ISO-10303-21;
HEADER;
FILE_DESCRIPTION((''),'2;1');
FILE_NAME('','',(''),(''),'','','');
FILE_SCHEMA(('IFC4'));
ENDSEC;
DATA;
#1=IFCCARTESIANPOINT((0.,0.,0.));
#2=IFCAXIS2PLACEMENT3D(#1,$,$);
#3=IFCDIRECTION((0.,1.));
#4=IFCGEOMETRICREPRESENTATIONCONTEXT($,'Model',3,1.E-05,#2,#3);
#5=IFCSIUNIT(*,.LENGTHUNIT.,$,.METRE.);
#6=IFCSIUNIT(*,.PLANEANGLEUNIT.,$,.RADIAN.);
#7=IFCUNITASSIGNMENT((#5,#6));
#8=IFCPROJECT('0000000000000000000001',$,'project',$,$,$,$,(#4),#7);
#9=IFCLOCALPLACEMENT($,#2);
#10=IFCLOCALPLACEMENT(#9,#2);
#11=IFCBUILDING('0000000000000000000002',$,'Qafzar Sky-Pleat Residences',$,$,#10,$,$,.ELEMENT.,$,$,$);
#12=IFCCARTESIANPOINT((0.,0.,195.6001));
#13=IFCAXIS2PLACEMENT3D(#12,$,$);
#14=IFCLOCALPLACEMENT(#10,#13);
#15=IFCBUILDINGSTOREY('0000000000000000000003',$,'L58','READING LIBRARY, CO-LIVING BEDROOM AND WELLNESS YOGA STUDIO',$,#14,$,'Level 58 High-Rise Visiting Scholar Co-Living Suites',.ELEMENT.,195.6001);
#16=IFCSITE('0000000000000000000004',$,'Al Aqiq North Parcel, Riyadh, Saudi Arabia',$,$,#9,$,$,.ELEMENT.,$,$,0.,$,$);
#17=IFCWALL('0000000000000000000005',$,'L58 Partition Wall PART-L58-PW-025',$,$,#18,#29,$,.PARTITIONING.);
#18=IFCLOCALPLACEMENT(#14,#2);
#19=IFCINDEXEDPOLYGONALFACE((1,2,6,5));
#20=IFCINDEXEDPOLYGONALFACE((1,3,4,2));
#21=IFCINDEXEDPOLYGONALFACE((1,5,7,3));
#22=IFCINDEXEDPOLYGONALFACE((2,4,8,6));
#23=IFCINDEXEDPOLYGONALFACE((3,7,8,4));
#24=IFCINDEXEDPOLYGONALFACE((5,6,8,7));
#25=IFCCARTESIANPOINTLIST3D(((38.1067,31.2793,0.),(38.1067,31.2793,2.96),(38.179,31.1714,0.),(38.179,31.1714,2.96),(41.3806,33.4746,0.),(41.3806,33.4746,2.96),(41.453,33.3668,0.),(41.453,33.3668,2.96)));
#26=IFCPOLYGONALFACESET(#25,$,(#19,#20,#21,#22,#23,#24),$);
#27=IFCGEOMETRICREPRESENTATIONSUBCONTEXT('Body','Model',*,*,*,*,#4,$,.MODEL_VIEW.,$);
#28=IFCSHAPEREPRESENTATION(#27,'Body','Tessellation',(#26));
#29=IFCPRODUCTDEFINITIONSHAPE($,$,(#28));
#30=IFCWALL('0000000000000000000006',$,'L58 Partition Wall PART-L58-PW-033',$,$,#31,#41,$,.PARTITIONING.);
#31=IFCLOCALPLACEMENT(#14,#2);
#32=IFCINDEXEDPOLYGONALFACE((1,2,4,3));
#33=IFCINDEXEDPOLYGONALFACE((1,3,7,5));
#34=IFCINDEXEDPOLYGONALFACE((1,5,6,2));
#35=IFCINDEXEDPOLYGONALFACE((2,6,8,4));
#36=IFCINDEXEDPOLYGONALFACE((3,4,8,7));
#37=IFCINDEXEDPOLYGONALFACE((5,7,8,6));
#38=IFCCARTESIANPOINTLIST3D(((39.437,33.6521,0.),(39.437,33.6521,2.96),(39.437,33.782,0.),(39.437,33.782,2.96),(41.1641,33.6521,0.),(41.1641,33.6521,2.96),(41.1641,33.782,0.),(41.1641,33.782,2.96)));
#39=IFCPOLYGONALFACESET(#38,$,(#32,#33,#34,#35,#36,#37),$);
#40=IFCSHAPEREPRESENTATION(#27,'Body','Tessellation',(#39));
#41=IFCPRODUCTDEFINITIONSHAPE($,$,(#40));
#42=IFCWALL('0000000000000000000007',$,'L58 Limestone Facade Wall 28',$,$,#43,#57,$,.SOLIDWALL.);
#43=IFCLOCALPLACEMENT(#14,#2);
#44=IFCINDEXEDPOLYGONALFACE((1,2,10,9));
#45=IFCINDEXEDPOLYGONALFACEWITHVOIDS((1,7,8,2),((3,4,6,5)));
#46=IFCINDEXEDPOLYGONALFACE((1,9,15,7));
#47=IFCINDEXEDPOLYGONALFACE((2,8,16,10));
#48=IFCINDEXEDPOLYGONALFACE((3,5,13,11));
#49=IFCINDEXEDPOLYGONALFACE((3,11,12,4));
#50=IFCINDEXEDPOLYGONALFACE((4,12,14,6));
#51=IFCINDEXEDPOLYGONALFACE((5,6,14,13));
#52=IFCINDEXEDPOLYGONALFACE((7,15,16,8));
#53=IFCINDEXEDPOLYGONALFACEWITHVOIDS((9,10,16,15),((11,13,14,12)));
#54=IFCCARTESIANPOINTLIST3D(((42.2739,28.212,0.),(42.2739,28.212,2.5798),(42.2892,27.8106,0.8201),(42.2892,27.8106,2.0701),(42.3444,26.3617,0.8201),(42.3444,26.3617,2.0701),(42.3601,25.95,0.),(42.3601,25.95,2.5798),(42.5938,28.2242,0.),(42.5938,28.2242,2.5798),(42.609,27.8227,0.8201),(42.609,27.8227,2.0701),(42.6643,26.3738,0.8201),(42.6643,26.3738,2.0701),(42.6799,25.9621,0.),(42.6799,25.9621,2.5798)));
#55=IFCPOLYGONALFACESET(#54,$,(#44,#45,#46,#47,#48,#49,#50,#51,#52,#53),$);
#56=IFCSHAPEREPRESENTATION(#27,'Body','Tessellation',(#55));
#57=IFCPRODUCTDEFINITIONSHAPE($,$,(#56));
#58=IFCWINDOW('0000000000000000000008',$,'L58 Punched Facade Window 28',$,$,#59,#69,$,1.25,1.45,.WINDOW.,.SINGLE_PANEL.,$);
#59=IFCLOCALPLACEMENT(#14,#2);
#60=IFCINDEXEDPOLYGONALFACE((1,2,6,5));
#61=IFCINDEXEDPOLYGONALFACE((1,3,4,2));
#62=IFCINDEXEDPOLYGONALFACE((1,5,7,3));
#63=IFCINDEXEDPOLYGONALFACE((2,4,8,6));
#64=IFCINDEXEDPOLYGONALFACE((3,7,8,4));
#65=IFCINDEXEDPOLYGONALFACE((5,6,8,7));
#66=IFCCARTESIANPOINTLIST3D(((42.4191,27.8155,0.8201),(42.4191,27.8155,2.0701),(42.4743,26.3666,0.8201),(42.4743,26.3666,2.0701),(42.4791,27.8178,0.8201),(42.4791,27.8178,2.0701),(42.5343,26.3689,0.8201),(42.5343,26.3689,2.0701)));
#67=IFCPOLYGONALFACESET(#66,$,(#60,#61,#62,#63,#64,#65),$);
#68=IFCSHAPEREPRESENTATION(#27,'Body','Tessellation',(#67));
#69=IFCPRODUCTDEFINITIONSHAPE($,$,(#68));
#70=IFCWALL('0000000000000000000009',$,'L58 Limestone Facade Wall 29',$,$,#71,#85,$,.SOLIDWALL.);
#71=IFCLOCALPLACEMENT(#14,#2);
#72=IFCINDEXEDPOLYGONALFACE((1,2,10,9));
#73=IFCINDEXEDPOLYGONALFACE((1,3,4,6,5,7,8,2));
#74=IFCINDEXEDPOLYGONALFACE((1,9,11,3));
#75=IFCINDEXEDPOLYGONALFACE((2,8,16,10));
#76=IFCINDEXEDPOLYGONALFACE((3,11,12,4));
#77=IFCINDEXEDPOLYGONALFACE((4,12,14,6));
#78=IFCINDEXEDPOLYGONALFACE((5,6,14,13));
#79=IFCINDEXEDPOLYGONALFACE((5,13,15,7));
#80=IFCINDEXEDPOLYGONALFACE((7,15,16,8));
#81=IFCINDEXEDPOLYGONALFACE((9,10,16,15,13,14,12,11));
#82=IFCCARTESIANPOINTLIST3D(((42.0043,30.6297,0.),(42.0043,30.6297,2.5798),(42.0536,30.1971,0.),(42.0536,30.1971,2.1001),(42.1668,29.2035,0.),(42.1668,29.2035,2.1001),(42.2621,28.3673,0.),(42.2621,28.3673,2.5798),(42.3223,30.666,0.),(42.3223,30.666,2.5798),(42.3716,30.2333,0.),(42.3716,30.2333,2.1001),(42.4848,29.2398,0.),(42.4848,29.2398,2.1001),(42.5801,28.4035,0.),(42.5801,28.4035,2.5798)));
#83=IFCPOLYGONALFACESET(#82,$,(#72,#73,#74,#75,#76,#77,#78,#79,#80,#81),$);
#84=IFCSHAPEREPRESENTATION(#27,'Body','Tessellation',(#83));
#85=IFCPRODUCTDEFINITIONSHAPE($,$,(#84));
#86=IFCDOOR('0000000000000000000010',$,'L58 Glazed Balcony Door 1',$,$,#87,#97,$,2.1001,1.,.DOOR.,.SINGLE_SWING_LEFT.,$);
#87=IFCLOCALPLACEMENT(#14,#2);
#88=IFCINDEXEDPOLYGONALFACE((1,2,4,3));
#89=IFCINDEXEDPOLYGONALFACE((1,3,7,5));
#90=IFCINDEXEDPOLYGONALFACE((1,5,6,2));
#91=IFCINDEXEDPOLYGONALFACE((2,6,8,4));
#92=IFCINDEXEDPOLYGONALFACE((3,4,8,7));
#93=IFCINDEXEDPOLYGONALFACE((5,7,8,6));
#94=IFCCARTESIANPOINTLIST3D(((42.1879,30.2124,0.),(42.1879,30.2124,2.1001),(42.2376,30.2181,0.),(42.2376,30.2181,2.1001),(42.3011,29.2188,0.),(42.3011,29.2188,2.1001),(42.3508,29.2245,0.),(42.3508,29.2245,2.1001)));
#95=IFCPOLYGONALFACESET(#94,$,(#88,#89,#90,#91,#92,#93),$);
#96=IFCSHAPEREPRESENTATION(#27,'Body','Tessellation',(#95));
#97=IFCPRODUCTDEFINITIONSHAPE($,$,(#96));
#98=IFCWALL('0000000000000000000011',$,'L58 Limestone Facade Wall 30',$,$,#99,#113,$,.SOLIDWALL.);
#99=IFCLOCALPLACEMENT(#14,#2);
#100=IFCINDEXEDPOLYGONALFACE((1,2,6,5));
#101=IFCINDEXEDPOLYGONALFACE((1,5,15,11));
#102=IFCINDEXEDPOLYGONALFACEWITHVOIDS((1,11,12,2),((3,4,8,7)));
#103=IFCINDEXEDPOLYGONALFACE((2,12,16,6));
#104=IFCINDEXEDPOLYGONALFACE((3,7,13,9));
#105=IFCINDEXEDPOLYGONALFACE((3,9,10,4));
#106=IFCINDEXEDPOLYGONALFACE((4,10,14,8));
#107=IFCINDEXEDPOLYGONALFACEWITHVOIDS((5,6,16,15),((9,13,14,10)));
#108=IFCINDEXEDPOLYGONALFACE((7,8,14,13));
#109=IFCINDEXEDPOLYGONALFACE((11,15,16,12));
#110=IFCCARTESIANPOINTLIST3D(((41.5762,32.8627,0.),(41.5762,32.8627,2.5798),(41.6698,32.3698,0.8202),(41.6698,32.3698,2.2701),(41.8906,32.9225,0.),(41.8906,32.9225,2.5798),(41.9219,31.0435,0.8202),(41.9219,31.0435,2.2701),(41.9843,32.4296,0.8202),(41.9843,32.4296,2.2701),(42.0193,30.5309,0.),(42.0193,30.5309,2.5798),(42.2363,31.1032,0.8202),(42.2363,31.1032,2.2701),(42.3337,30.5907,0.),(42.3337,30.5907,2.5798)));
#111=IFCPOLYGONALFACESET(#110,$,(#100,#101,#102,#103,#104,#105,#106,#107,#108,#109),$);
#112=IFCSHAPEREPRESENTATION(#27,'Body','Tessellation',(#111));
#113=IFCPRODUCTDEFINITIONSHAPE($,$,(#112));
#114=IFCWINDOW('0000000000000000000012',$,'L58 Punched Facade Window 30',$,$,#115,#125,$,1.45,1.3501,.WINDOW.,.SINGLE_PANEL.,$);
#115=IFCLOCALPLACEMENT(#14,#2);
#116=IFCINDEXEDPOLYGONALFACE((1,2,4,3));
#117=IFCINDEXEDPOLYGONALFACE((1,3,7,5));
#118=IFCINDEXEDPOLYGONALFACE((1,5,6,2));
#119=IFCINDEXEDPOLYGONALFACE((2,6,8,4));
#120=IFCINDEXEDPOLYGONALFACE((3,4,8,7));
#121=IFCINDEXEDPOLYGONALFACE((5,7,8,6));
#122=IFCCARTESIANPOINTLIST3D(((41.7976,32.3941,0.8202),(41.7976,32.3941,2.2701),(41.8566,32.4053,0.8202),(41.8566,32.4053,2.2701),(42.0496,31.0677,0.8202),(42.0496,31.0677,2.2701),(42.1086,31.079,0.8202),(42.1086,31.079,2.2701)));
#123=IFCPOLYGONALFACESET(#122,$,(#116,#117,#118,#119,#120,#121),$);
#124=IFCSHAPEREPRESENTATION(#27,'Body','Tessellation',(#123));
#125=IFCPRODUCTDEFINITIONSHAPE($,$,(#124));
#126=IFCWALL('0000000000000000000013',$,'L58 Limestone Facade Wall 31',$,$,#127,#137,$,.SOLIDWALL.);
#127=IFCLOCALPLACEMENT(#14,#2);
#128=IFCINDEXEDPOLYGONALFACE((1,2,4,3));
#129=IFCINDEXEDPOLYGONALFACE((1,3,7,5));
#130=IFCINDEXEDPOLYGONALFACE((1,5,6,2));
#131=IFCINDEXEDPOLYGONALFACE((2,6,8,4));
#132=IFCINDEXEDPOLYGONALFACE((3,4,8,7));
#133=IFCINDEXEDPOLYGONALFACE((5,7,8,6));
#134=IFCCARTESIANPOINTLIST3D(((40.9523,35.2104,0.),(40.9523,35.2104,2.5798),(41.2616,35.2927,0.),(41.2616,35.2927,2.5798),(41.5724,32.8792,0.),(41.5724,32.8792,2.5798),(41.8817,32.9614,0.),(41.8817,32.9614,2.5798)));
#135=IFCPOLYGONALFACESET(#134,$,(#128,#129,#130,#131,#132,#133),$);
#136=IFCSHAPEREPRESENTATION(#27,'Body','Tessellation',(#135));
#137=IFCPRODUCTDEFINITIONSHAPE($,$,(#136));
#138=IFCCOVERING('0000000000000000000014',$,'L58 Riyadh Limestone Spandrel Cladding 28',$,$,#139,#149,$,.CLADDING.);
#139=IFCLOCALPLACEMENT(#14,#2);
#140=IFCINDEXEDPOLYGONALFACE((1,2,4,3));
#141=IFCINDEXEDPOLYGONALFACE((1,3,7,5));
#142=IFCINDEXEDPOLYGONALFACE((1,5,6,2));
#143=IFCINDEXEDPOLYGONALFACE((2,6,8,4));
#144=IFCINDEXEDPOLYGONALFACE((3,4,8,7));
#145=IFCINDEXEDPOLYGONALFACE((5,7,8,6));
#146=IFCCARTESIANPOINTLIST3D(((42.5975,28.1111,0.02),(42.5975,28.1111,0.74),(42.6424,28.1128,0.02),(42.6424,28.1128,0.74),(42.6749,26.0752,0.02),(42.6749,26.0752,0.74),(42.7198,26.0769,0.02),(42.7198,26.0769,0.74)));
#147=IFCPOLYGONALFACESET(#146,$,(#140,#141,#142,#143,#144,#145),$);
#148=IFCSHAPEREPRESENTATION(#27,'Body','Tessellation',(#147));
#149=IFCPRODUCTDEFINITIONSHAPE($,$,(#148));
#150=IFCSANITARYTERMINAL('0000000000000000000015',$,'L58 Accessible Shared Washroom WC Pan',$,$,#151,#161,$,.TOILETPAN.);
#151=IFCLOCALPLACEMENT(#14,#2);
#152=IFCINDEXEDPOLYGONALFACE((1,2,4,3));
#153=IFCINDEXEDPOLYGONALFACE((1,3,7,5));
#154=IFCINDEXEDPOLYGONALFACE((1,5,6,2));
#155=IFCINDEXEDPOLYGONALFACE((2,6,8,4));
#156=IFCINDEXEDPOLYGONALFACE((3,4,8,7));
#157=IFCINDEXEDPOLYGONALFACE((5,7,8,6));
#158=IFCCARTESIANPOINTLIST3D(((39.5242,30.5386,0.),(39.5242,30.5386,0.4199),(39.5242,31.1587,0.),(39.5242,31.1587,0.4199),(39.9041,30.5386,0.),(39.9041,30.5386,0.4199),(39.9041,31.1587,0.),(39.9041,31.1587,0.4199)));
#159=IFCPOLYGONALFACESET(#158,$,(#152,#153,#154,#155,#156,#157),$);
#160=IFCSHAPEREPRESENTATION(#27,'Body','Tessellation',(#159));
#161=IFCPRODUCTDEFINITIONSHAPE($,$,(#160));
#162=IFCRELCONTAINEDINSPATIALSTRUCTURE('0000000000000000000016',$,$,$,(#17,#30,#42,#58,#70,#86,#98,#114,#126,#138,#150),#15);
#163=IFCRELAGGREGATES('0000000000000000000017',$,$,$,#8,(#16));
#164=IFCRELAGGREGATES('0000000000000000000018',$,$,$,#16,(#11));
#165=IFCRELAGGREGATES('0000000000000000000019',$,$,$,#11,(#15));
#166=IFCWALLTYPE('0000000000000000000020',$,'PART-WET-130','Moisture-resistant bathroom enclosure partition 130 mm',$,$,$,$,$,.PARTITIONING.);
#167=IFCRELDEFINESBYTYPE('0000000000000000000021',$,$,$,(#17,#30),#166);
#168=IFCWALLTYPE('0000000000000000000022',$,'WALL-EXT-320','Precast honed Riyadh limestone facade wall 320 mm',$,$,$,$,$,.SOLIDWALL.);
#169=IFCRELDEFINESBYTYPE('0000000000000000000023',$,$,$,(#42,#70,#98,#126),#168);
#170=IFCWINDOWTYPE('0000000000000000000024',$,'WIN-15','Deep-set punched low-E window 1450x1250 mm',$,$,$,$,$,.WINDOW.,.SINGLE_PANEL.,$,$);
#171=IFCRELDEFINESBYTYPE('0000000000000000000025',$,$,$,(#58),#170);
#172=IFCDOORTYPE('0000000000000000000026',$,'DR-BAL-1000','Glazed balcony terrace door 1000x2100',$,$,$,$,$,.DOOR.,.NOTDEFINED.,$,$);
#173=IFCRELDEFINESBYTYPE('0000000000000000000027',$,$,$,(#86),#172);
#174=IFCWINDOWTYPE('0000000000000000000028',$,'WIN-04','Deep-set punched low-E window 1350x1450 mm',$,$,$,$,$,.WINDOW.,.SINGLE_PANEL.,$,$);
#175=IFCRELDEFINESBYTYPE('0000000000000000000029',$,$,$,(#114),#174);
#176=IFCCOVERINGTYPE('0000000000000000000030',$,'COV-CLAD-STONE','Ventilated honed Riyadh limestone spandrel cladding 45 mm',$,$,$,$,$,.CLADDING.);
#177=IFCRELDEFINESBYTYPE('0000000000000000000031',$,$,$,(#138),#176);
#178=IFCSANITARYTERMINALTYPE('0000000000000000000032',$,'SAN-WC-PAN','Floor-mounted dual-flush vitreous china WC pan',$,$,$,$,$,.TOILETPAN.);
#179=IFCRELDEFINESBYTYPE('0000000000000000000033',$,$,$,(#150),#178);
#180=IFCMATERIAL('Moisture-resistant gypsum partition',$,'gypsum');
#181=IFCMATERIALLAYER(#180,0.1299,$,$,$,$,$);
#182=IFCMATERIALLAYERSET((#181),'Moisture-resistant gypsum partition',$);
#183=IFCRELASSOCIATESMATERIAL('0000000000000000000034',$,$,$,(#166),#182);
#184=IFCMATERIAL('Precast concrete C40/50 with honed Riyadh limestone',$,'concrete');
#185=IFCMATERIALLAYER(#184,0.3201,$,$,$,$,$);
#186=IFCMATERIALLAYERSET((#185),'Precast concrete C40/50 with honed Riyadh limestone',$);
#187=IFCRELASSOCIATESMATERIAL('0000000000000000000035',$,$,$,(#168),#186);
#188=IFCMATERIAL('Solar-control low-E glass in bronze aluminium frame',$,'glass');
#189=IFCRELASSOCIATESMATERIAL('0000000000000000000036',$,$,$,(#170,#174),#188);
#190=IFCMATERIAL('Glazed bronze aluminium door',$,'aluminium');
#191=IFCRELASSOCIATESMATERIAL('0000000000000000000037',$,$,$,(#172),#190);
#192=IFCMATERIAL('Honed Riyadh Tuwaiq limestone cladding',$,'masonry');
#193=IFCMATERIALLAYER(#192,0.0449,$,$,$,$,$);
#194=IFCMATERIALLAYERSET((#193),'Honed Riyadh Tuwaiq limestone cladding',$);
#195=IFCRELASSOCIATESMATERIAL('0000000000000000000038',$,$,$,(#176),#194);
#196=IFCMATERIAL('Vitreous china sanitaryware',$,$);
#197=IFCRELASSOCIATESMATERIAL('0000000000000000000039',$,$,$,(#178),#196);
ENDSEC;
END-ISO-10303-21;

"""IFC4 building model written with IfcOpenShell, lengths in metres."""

from ifc_helpers import new_model, si_unit, direction, frame, frame_2d, origin, origin_2d, place, context, subcontext, project, spatial, rectangle, extrude, source, transform, mapped, material, layer, layer_set, type_object, element, fill, save


model = new_model("IFC4")

# Units and contexts
model_context = context("Model", 3, precision=1e-05, world=origin(), true_north=direction((0.0, 1.0)))
body_context = subcontext(model_context, "Body", "Model", "MODEL_VIEW")
ifc_project = project(units=[si_unit("LENGTHUNIT", "METRE"), si_unit("PLANEANGLEUNIT", "RADIAN")], contexts=[model_context])

# Site, building, storey
site_placement = place(None, origin())
site = spatial("IfcSite", under=ifc_project, at=site_placement, Name="Al Aqiq North Parcel, Riyadh, Saudi Arabia", CompositionType="ELEMENT", RefElevation=0.0)
building_placement = place(site_placement, origin())
building = spatial("IfcBuilding", under=site, at=building_placement, Name="Qafzar Sky-Pleat Residences", CompositionType="ELEMENT")
storey_placement = place(building_placement, frame((0.0, 0.0, 195.6001)))
storey = spatial("IfcBuildingStorey", under=building, at=storey_placement, Name="L58", Description="READING LIBRARY, CO-LIVING BEDROOM AND WELLNESS YOGA STUDIO", LongName="Level 58 High-Rise Visiting Scholar Co-Living Suites", CompositionType="ELEMENT", Elevation=195.6001)

# Walls
ifc_material_1 = material(Name="Moisture-resistant gypsum partition", Category="gypsum")
ifc_layer_1 = layer(ifc_material_1, 0.1299)
ifc_layer_set_1 = layer_set([ifc_layer_1], Name="Moisture-resistant gypsum partition")
wall_type_1 = type_object("IfcWallType", Name="PART-WET-130", Description="Moisture-resistant bathroom enclosure partition 130 mm", PredefinedType="PARTITIONING", material=ifc_layer_set_1)
wall_1_placement = place(storey_placement, frame((38.1428, 31.2253, 0.0), z_axis=(0.0, 0.0, 1.0), x_axis=(0.830561, 0.556928, 0.0)))
element("IfcWall", 1, at=wall_1_placement, inside=storey, type_object=wall_type_1, Name="L58 Partition Wall PART-L58-PW-025", PredefinedType="PARTITIONING", context=body_context, shape_type="SweptSolid", body=[
    extrude(rectangle(XDim=3.9419, YDim=0.1299, at=frame_2d((1.9709, 0.0))), origin(), (0.0, 0.0, 1.0), 2.96),
])
wall_2_placement = place(storey_placement, frame((39.437, 33.717, 0.0), z_axis=(0.0, 0.0, 1.0), x_axis=(1.0, 0.0, 0.0)))
element("IfcWall", 2, at=wall_2_placement, inside=storey, type_object=wall_type_1, Name="L58 Partition Wall PART-L58-PW-033", PredefinedType="PARTITIONING", context=body_context, shape_type="SweptSolid", body=[
    extrude(rectangle(XDim=1.7271, YDim=0.1299, at=frame_2d((0.8635, 0.0))), origin(), (0.0, 0.0, 1.0), 2.96),
])

# Wall, opening, window
ifc_material_2 = material(Name="Precast concrete C40/50 with honed Riyadh limestone", Category="concrete")
ifc_layer_2 = layer(ifc_material_2, 0.3201)
ifc_layer_set_2 = layer_set([ifc_layer_2], Name="Precast concrete C40/50 with honed Riyadh limestone")
wall_type_2 = type_object("IfcWallType", Name="WALL-EXT-320", Description="Precast honed Riyadh limestone facade wall 320 mm", PredefinedType="SOLIDWALL", material=ifc_layer_set_2)
wall_3_placement = place(storey_placement, frame((42.52, 25.9561, 0.0), z_axis=(0.0, 0.0, 1.0), x_axis=(-0.038073, 0.999275, 0.0)))
wall_3 = element("IfcWall", 3, at=wall_3_placement, inside=storey, type_object=wall_type_2, Name="L58 Limestone Facade Wall 28", PredefinedType="SOLIDWALL", context=body_context, shape_type="SweptSolid", body=[
    extrude(rectangle(XDim=2.2637, YDim=0.3201, at=frame_2d((1.1318, 0.0))), origin(), (0.0, 0.0, 1.0), 2.5798),
])
opening_1_placement = place(wall_3_placement, frame((0.4119, 0.0, 0.8201)))
opening_1 = element("IfcOpeningElement", 4, at=opening_1_placement, cuts=wall_3, PredefinedType="OPENING", context=body_context, shape_type="SweptSolid", body=[
    extrude(rectangle(XDim=1.45, YDim=1.25, at=frame_2d((0.7251, 0.625))), frame((0.0, 0.1699, 0.0), z_axis=(0.0, -1.0, 0.0), x_axis=(1.0, 0.0, 0.0)), (0.0, 0.0, 1.0), 0.3401),
])
ifc_material_3 = material(Name="Solar-control low-E glass in bronze aluminium frame", Category="glass")
window_type_1 = type_object("IfcWindowType", Name="WIN-15", Description="Deep-set punched low-E window 1450x1250 mm", PartitioningType="SINGLE_PANEL", PredefinedType="WINDOW", material=ifc_material_3)
shared_shape_1 = source(origin(), body_context, "Body", "SweptSolid", [
    extrude(rectangle(XDim=1.45, YDim=1.25, at=frame_2d((0.7251, 0.625))), frame((0.0, 0.03, 0.0), z_axis=(0.0, -1.0, 0.0), x_axis=(1.0, 0.0, 0.0)), (0.0, 0.0, 1.0), 0.0601),
])
window_1_placement = place(opening_1_placement, origin())
window_1 = element("IfcWindow", 5, at=window_1_placement, inside=storey, type_object=window_type_1, Name="L58 Punched Facade Window 28", OverallHeight=1.25, OverallWidth=1.45, PartitioningType="SINGLE_PANEL", PredefinedType="WINDOW", context=body_context, shape_type="MappedRepresentation", body=[
    mapped(shared_shape_1, transform((0.0, 0.0, 0.0), x_axis=(1.0, 0.0, 0.0), y_axis=(0.0, 1.0, 0.0), z_axis=(0.0, 0.0, 1.0), scale=1.0)),
])
fill(opening_1, window_1)

# Wall, opening, door
wall_4_placement = place(storey_placement, frame((42.4211, 28.3853, 0.0), z_axis=(0.0, 0.0, 1.0), x_axis=(-0.11322, 0.99357, 0.0)))
wall_4 = element("IfcWall", 6, at=wall_4_placement, inside=storey, type_object=wall_type_2, Name="L58 Limestone Facade Wall 29", PredefinedType="SOLIDWALL", context=body_context, shape_type="SweptSolid", body=[
    extrude(rectangle(XDim=2.2771, YDim=0.3201, at=frame_2d((1.1387, 0.0))), origin(), (0.0, 0.0, 1.0), 2.5798),
])
opening_2_placement = place(wall_4_placement, frame((0.8418, 0.0, 0.0)))
opening_2 = element("IfcOpeningElement", 7, at=opening_2_placement, cuts=wall_4, PredefinedType="OPENING", context=body_context, shape_type="SweptSolid", body=[
    extrude(rectangle(XDim=1.0, YDim=2.1001, at=frame_2d((0.5, 1.05))), frame((0.0, 0.1699, 0.0), z_axis=(0.0, -1.0, 0.0), x_axis=(1.0, 0.0, 0.0)), (0.0, 0.0, 1.0), 0.3401),
])
ifc_material_4 = material(Name="Glazed bronze aluminium door", Category="aluminium")
door_type = type_object("IfcDoorType", Name="DR-BAL-1000", Description="Glazed balcony terrace door 1000x2100", OperationType="NOTDEFINED", PredefinedType="DOOR", material=ifc_material_4)
shared_shape_2 = source(origin(), body_context, "Body", "SweptSolid", [
    extrude(rectangle(XDim=1.0, YDim=2.1001, at=frame_2d((0.5, 1.05))), frame((0.0, 0.0249, 0.0), z_axis=(0.0, -1.0, 0.0), x_axis=(1.0, 0.0, 0.0)), (0.0, 0.0, 1.0), 0.05),
])
door_placement = place(opening_2_placement, origin())
door = element("IfcDoor", 8, at=door_placement, inside=storey, type_object=door_type, Name="L58 Glazed Balcony Door 1", OperationType="SINGLE_SWING_LEFT", OverallHeight=2.1001, OverallWidth=1.0, PredefinedType="DOOR", context=body_context, shape_type="MappedRepresentation", body=[
    mapped(shared_shape_2, transform((0.0, 0.0, 0.0), x_axis=(1.0, 0.0, 0.0), y_axis=(0.0, 1.0, 0.0), z_axis=(0.0, 0.0, 1.0), scale=1.0)),
])
fill(opening_2, door)

# Wall, opening, window
wall_5_placement = place(storey_placement, frame((42.1765, 30.5608, 0.0), z_axis=(0.0, 0.0, 1.0), x_axis=(-0.186691, 0.982419, 0.0)))
wall_5 = element("IfcWall", 9, at=wall_5_placement, inside=storey, type_object=wall_type_2, Name="L58 Limestone Facade Wall 30", PredefinedType="SOLIDWALL", context=body_context, shape_type="SweptSolid", body=[
    extrude(rectangle(XDim=2.3735, YDim=0.3201, at=frame_2d((1.1868, 0.0))), origin(), (0.0, 0.0, 1.0), 2.5798),
])
opening_3_placement = place(wall_5_placement, frame((0.5217, 0.0, 0.8201)))
opening_3 = element("IfcOpeningElement", 10, at=opening_3_placement, cuts=wall_5, PredefinedType="OPENING", context=body_context, shape_type="SweptSolid", body=[
    extrude(rectangle(XDim=1.3501, YDim=1.45, at=frame_2d((0.675, 0.7251))), frame((0.0, 0.1699, 0.0), z_axis=(0.0, -1.0, 0.0), x_axis=(1.0, 0.0, 0.0)), (0.0, 0.0, 1.0), 0.3401),
])
window_type_2 = type_object("IfcWindowType", Name="WIN-04", Description="Deep-set punched low-E window 1350x1450 mm", PartitioningType="SINGLE_PANEL", PredefinedType="WINDOW", material=ifc_material_3)
shared_shape_3 = source(origin(), body_context, "Body", "SweptSolid", [
    extrude(rectangle(XDim=1.3501, YDim=1.45, at=frame_2d((0.675, 0.7251))), frame((0.0, 0.03, 0.0), z_axis=(0.0, -1.0, 0.0), x_axis=(1.0, 0.0, 0.0)), (0.0, 0.0, 1.0), 0.0601),
])
window_2_placement = place(opening_3_placement, origin())
window_2 = element("IfcWindow", 11, at=window_2_placement, inside=storey, type_object=window_type_2, Name="L58 Punched Facade Window 30", OverallHeight=1.45, OverallWidth=1.3501, PartitioningType="SINGLE_PANEL", PredefinedType="WINDOW", context=body_context, shape_type="MappedRepresentation", body=[
    mapped(shared_shape_3, transform((0.0, 0.0, 0.0), x_axis=(1.0, 0.0, 0.0), y_axis=(0.0, 1.0, 0.0), z_axis=(0.0, 0.0, 1.0), scale=1.0)),
])
fill(opening_3, window_2)

# Wall
wall_6_placement = place(storey_placement, frame((41.7271, 32.9204, 0.0), z_axis=(0.0, 0.0, 1.0), x_axis=(-0.257058, 0.966396, 0.0)))
element("IfcWall", 12, at=wall_6_placement, inside=storey, type_object=wall_type_2, Name="L58 Limestone Facade Wall 31", PredefinedType="SOLIDWALL", context=body_context, shape_type="SweptSolid", body=[
    extrude(rectangle(XDim=2.4124, YDim=0.3201, at=frame_2d((1.2061, 0.0))), origin(), (0.0, 0.0, 1.0), 2.5798),
])

# Covering
ifc_material_5 = material(Name="Honed Riyadh Tuwaiq limestone cladding", Category="masonry")
ifc_layer_3 = layer(ifc_material_5, 0.0449)
ifc_layer_set_3 = layer_set([ifc_layer_3], Name="Honed Riyadh Tuwaiq limestone cladding")
covering_type = type_object("IfcCoveringType", Name="COV-CLAD-STONE", Description="Ventilated honed Riyadh limestone spandrel cladding 45 mm", PredefinedType="CLADDING", material=ifc_layer_set_3)
shared_shape_4 = source(origin(), body_context, "Body", "SweptSolid", [
    extrude(rectangle(XDim=2.0374, YDim=0.0449, at=origin_2d()), origin(), (0.0, 0.0, 1.0), 0.72),
])
covering_placement = place(storey_placement, frame((42.6587, 27.094, 0.02), z_axis=(0.0, 0.0, 1.0), x_axis=(-0.037992, 0.999278, 0.0)))
element("IfcCovering", 13, at=covering_placement, inside=storey, type_object=covering_type, Name="L58 Riyadh Limestone Spandrel Cladding 28", PredefinedType="CLADDING", context=body_context, shape_type="MappedRepresentation", body=[
    mapped(shared_shape_4, transform((0.0, 0.0, 0.0), x_axis=(1.0, 0.0, 0.0), y_axis=(0.0, 1.0, 0.0), z_axis=(0.0, 0.0, 1.0), scale=1.0)),
])

# Sanitary terminal
ifc_material_6 = material(Name="Vitreous china sanitaryware")
sanitary_terminal_type_1 = type_object("IfcSanitaryTerminalType", Name="SAN-WC-PAN", Description="Floor-mounted dual-flush vitreous china WC pan", PredefinedType="TOILETPAN", material=ifc_material_6)
shared_shape_5 = source(origin(), body_context, "Body", "SweptSolid", [
    extrude(rectangle(XDim=0.3799, YDim=0.6201, at=origin_2d()), origin(), (0.0, 0.0, 1.0), 0.4199),
])
sanitary_terminal_1_placement = place(storey_placement, frame((39.7141, 30.8486, 0.0), z_axis=(0.0, 0.0, 1.0), x_axis=(1.0, 0.0, 0.0)))
element("IfcSanitaryTerminal", 14, at=sanitary_terminal_1_placement, inside=storey, type_object=sanitary_terminal_type_1, Name="L58 Accessible Shared Washroom WC Pan", PredefinedType="TOILETPAN", context=body_context, shape_type="MappedRepresentation", body=[
    mapped(shared_shape_5, transform((0.0, 0.0, 0.0), x_axis=(1.0, 0.0, 0.0), y_axis=(0.0, 1.0, 0.0), z_axis=(0.0, 0.0, 1.0), scale=1.0)),
])

save(model, "model.ifc")
